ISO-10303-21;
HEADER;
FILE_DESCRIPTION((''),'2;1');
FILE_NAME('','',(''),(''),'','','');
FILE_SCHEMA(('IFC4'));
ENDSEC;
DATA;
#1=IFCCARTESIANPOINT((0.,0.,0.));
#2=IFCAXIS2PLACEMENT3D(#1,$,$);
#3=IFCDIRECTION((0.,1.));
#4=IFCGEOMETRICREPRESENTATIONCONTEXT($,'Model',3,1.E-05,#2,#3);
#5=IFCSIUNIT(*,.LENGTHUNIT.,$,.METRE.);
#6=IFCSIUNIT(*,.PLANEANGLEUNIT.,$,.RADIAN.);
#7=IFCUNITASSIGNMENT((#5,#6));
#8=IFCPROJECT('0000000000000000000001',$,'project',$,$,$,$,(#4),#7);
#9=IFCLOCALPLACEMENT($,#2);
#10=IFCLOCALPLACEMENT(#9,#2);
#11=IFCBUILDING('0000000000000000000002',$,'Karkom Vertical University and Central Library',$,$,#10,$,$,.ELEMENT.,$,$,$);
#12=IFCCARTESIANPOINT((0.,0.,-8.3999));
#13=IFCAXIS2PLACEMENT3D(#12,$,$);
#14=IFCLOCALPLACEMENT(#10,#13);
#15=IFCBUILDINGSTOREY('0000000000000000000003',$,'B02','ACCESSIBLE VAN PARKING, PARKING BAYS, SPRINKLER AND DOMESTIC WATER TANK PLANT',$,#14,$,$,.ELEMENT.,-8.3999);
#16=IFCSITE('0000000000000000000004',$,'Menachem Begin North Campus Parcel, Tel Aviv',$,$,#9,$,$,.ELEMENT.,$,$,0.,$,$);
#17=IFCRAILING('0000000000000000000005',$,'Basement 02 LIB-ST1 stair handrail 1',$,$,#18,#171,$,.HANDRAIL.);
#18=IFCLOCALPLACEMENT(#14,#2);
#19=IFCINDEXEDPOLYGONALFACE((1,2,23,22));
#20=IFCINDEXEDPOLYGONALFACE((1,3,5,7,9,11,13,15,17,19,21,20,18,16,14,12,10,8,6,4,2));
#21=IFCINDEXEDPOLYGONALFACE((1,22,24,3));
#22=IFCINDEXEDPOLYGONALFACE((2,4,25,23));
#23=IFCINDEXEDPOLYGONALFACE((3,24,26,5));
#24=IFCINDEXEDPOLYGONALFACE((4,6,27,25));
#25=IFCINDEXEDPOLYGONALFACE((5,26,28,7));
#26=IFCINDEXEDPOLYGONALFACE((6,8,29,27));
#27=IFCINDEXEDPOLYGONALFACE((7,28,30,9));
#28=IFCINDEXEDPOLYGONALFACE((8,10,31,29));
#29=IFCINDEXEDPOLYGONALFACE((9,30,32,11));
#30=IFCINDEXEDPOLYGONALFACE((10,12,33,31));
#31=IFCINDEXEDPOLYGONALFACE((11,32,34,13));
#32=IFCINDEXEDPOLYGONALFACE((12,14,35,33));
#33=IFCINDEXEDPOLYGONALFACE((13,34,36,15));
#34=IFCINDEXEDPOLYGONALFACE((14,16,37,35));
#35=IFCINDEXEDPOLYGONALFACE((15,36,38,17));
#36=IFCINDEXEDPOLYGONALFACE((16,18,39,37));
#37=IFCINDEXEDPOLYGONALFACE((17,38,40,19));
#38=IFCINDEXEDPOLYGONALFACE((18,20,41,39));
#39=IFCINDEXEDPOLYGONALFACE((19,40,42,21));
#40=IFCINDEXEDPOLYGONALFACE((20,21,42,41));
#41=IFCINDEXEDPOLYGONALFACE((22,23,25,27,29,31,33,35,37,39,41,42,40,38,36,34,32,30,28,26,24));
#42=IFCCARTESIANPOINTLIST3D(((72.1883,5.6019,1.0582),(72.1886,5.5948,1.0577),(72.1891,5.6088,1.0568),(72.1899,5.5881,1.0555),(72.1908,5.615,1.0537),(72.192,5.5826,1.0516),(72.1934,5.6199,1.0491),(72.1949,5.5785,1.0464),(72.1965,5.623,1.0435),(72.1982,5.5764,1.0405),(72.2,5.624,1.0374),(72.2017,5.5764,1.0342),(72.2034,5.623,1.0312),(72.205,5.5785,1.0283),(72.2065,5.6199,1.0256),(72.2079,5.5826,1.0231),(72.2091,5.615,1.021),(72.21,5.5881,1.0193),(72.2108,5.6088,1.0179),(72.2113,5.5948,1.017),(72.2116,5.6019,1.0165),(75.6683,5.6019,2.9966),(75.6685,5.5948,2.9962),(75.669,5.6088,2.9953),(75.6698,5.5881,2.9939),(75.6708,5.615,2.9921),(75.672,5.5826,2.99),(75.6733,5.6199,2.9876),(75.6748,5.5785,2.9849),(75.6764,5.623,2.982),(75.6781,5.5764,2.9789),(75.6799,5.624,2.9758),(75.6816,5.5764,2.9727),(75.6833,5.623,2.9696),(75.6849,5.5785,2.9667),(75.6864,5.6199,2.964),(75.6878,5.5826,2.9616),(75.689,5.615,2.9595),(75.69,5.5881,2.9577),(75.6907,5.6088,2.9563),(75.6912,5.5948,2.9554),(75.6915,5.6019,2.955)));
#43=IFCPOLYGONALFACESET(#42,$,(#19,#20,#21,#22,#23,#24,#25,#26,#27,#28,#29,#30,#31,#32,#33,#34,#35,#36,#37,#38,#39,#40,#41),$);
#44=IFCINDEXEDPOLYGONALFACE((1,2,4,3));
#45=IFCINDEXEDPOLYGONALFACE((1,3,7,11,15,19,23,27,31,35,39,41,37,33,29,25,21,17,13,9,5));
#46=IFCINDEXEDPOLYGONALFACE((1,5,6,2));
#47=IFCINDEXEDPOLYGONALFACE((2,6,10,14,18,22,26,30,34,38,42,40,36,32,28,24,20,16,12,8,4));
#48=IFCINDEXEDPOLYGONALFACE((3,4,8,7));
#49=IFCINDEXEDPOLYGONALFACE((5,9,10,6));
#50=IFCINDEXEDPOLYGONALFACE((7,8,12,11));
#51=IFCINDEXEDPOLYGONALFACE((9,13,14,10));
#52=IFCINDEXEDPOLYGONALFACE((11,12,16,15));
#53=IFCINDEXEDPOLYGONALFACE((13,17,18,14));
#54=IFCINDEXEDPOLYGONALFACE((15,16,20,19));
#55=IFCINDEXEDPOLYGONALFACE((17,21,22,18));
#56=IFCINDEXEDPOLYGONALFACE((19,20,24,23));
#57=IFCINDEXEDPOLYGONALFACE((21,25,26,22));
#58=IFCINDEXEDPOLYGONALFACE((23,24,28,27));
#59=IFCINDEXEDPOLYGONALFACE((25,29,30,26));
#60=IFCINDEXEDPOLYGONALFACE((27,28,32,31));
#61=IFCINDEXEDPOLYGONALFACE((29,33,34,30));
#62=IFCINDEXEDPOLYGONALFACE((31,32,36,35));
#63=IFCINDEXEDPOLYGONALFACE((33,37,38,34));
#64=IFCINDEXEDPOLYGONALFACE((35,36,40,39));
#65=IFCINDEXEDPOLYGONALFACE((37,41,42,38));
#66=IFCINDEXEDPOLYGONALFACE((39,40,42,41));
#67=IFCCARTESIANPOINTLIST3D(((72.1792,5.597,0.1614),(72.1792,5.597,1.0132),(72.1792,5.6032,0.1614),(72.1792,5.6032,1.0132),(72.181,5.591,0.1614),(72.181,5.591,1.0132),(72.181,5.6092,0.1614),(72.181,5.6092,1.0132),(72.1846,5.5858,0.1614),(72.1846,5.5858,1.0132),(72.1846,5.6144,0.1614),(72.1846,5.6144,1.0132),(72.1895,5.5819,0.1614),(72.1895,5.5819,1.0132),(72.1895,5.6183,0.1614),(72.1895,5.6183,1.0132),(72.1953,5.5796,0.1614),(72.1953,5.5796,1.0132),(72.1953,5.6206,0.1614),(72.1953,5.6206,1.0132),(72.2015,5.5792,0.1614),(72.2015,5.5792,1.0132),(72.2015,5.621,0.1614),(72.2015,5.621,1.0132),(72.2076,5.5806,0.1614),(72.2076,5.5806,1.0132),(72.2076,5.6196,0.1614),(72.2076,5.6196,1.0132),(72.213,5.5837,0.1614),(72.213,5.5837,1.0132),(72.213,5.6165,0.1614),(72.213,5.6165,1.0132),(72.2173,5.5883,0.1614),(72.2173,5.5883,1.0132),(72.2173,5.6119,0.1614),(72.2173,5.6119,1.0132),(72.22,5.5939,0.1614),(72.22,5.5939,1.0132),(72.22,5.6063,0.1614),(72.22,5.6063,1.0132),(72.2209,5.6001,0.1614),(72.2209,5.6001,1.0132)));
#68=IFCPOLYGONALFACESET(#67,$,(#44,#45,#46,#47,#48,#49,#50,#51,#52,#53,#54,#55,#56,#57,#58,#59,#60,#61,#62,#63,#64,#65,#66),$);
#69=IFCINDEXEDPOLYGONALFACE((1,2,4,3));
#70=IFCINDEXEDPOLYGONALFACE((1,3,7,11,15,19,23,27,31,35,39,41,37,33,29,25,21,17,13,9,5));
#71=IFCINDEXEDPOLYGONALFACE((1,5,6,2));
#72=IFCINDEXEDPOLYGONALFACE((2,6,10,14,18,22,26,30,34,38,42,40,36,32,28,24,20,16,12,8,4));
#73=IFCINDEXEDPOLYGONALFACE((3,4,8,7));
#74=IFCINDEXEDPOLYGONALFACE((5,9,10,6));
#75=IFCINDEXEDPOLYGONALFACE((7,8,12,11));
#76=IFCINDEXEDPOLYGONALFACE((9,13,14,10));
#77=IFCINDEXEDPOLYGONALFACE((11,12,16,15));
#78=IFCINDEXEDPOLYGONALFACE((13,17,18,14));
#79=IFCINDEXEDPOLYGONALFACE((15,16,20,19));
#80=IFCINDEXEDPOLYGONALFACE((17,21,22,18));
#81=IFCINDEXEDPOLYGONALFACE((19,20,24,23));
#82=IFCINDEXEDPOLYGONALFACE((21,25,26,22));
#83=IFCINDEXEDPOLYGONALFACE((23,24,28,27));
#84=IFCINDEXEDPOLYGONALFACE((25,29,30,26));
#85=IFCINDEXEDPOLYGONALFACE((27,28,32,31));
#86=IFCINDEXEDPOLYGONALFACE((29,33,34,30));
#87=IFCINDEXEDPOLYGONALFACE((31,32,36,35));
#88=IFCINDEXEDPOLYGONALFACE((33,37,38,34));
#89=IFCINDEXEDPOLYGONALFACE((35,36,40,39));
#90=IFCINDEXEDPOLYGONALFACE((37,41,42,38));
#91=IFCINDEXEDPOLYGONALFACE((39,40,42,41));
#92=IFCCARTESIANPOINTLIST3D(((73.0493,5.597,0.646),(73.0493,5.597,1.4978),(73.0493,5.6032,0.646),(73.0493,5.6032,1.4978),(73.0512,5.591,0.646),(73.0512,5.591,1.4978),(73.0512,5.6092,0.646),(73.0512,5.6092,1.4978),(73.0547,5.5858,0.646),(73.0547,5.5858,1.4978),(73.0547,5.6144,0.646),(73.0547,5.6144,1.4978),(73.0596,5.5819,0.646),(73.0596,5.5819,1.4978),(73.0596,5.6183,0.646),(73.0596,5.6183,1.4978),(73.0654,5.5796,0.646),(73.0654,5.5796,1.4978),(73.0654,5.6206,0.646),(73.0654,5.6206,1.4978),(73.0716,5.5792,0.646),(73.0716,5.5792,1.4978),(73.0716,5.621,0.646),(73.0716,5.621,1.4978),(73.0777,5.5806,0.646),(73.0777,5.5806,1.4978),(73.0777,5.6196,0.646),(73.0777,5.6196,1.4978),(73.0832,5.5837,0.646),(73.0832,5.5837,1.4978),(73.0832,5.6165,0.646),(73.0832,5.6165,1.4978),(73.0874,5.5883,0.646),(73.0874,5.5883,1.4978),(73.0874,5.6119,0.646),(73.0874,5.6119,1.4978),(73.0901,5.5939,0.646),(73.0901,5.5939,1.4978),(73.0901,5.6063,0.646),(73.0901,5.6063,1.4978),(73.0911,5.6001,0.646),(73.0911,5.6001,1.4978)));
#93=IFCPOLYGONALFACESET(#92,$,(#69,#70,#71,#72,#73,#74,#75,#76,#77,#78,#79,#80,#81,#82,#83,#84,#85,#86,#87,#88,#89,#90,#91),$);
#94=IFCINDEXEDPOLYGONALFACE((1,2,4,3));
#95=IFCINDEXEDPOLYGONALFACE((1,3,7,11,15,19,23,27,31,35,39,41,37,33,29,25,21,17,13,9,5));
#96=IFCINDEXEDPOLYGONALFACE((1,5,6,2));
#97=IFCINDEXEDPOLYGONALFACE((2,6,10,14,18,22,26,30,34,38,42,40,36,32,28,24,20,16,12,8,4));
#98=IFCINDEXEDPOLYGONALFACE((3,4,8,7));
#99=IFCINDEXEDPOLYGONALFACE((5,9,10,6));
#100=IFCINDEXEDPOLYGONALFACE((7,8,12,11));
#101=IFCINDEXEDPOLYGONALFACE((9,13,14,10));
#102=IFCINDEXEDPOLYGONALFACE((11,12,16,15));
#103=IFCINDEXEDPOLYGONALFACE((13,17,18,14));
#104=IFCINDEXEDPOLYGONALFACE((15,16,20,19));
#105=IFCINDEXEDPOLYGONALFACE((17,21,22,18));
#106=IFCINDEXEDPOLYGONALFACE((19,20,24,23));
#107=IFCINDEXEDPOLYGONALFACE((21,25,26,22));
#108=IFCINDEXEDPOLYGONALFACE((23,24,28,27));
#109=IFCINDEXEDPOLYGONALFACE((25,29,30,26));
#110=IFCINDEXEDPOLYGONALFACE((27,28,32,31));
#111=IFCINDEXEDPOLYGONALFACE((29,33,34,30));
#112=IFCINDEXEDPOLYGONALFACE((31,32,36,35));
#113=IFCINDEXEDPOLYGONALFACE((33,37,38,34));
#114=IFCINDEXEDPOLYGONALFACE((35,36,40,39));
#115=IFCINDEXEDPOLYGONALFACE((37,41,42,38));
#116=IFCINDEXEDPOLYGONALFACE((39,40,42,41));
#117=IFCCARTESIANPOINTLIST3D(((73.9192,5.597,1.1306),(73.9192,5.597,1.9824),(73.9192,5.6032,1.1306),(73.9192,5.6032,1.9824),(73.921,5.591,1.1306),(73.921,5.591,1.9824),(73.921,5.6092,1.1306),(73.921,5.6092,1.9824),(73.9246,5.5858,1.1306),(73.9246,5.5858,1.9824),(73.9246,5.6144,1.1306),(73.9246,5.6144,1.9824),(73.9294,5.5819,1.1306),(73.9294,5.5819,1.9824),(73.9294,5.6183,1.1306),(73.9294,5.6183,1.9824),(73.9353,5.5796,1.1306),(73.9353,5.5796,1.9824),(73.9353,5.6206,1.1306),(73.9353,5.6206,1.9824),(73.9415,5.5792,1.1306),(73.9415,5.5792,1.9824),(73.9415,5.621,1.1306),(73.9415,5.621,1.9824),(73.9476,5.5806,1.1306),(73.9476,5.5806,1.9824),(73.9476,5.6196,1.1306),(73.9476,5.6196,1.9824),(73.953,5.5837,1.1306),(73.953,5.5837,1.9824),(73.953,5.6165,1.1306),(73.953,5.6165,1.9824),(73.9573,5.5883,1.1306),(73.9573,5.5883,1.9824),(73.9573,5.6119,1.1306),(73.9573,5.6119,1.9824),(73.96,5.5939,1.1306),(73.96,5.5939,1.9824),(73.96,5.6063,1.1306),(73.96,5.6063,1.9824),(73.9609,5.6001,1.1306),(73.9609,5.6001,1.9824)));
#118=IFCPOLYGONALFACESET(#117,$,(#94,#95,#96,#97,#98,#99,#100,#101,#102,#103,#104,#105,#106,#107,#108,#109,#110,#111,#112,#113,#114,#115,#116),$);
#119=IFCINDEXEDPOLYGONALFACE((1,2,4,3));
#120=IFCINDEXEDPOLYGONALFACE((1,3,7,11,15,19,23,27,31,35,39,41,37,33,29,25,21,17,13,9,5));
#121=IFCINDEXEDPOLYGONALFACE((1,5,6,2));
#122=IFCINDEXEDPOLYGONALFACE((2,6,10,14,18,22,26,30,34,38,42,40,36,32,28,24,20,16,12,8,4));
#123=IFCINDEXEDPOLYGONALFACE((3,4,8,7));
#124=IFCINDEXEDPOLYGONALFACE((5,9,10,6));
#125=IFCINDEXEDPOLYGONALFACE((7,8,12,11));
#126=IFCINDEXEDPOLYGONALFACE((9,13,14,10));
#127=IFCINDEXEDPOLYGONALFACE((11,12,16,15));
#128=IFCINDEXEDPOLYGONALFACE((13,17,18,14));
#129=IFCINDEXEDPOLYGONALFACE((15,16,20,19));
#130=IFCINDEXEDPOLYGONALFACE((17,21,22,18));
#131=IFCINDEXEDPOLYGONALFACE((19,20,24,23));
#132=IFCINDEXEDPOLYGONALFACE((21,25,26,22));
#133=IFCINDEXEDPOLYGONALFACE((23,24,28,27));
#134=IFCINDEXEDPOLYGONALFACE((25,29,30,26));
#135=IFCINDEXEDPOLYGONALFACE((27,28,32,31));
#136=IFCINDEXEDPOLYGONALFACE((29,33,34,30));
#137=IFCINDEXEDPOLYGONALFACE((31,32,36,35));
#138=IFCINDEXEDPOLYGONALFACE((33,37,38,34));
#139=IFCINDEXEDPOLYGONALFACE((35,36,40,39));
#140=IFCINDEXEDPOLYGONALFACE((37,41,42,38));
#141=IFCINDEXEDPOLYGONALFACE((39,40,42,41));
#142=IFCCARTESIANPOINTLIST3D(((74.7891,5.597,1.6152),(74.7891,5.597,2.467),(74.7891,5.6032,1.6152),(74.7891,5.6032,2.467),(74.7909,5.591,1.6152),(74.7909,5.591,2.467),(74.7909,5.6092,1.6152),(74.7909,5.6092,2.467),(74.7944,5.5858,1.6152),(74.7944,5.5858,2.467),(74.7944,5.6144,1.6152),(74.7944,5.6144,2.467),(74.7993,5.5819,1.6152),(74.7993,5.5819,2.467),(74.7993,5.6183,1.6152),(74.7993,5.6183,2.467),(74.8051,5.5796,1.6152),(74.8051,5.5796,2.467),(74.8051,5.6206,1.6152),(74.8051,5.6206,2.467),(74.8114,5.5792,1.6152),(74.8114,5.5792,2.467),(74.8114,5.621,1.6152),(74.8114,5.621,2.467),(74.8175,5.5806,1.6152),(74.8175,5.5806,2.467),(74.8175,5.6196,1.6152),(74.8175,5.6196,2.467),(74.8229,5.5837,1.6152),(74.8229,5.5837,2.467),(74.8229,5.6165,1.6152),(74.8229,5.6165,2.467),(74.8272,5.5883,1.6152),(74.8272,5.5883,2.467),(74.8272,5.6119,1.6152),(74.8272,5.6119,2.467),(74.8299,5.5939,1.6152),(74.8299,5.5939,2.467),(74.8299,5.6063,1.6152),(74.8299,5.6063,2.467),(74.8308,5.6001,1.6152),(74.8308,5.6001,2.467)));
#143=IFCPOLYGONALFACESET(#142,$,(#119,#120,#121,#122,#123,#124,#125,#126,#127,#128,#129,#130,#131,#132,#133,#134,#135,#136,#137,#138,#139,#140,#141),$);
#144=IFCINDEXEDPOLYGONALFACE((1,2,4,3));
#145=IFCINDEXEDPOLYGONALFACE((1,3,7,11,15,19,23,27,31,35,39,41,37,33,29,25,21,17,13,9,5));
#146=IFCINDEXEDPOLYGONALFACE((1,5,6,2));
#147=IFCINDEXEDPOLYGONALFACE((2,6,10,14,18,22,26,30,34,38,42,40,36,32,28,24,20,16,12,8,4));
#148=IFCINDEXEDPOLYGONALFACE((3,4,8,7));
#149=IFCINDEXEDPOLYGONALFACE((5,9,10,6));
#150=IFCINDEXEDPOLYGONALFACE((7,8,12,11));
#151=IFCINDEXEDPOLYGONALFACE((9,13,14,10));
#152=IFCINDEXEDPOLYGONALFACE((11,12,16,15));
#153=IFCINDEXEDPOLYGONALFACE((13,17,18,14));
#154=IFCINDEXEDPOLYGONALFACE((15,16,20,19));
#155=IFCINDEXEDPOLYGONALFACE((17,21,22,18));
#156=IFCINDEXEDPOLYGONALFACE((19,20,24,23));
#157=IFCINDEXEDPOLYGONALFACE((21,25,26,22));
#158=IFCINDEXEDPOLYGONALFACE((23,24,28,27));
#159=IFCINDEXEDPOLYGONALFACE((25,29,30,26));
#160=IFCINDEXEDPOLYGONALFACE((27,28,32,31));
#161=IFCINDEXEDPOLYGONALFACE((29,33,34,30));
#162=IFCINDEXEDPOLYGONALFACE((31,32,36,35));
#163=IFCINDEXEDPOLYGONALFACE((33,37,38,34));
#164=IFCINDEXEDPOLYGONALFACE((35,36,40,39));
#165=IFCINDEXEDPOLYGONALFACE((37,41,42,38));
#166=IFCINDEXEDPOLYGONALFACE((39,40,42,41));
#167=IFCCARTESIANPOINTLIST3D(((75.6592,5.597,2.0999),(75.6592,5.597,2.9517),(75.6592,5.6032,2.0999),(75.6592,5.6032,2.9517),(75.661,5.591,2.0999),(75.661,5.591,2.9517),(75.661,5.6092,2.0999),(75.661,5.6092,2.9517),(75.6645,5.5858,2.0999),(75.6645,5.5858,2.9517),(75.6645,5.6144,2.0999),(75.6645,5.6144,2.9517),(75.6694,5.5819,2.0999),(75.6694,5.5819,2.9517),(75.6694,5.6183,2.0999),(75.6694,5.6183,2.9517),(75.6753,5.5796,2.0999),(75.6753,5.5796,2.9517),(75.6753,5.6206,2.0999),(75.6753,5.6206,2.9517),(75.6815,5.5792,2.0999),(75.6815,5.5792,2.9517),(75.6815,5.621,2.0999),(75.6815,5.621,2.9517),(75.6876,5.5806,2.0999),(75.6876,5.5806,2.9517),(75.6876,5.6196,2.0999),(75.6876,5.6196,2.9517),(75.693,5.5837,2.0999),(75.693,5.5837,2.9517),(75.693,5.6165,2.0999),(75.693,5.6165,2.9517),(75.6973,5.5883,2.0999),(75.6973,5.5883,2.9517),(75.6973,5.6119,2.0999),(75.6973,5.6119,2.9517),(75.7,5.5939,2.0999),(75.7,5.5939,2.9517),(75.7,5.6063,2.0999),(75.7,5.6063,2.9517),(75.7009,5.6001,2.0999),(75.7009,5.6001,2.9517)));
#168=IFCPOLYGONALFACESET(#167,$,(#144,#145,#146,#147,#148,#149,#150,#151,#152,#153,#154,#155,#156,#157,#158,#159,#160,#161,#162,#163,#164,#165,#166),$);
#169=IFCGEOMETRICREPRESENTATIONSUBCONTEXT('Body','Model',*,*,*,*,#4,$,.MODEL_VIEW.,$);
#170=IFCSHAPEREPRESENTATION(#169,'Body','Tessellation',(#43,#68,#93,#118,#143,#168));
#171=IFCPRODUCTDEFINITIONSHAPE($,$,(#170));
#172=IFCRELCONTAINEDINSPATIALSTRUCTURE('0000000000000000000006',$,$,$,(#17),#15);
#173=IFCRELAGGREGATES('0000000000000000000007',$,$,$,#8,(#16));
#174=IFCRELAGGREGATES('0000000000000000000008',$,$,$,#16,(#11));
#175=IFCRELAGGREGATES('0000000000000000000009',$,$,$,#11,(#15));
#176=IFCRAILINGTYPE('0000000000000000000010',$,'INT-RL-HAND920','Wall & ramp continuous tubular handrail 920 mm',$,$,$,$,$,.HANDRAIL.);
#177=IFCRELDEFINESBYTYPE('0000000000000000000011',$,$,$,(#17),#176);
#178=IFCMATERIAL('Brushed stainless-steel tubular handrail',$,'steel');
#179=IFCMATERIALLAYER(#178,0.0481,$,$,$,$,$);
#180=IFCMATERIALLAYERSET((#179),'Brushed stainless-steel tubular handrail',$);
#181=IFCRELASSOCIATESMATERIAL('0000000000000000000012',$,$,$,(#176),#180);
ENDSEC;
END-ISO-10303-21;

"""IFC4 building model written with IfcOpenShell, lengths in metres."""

from ifc_helpers import new_model, si_unit, direction, frame, origin, origin_2d, place, context, subcontext, project, spatial, circle, extrude, material, layer, layer_set, type_object, element, save


model = new_model("IFC4")

# Units and contexts
model_context = context("Model", 3, precision=1e-05, world=origin(), true_north=direction((0.0, 1.0)))
body_context = subcontext(model_context, "Body", "Model", "MODEL_VIEW")
ifc_project = project(units=[si_unit("LENGTHUNIT", "METRE"), si_unit("PLANEANGLEUNIT", "RADIAN")], contexts=[model_context])

# Site, building, storey
site_placement = place(None, origin())
site = spatial("IfcSite", under=ifc_project, at=site_placement, Name="Menachem Begin North Campus Parcel, Tel Aviv", CompositionType="ELEMENT", RefElevation=0.0)
building_placement = place(site_placement, origin())
building = spatial("IfcBuilding", under=site, at=building_placement, Name="Karkom Vertical University and Central Library", CompositionType="ELEMENT")
storey_placement = place(building_placement, frame((0.0, 0.0, -8.3999)))
storey = spatial("IfcBuildingStorey", under=building, at=storey_placement, Name="B02", Description="ACCESSIBLE VAN PARKING, PARKING BAYS, SPRINKLER AND DOMESTIC WATER TANK PLANT", CompositionType="ELEMENT", Elevation=-8.3999)

# Railing
ifc_material_1 = material(Name="Brushed stainless-steel tubular handrail", Category="steel")
ifc_layer_1 = layer(ifc_material_1, 0.0481)
ifc_layer_set_1 = layer_set([ifc_layer_1], Name="Brushed stainless-steel tubular handrail")
railing_type_1 = type_object("IfcRailingType", Name="INT-RL-HAND920", Description="Wall & ramp continuous tubular handrail 920 mm", PredefinedType="HANDRAIL", material=ifc_layer_set_1)
railing_1_placement = place(storey_placement, frame((72.2, 5.6001, 0.1614)))
element("IfcRailing", 1, at=railing_1_placement, inside=storey, type_object=railing_type_1, Name="Basement 02 LIB-ST1 stair handrail 1", PredefinedType="HANDRAIL", context=body_context, shape_type="SweptSolid", body=[
    extrude(circle(Radius=0.0239, at=origin_2d()), frame((0.0, 0.0, 0.876), z_axis=(0.873607, 0.0, 0.486631), x_axis=(0.0, 1.0, 0.0)), (0.0, 0.0, 1.0), 3.9834),
    extrude(circle(Radius=0.021, at=origin_2d()), origin(), (0.0, 0.0, 1.0), 0.8518),
    extrude(circle(Radius=0.021, at=origin_2d()), frame((0.8701, 0.0, 0.4846)), (0.0, 0.0, 1.0), 0.8518),
    extrude(circle(Radius=0.021, at=origin_2d()), frame((1.74, 0.0, 0.9692)), (0.0, 0.0, 1.0), 0.8518),
    extrude(circle(Radius=0.021, at=origin_2d()), frame((2.6099, 0.0, 1.4539)), (0.0, 0.0, 1.0), 0.8518),
    extrude(circle(Radius=0.021, at=origin_2d()), frame((3.48, 0.0, 1.9385)), (0.0, 0.0, 1.0), 0.8518),
])

save(model, "model.ifc")
